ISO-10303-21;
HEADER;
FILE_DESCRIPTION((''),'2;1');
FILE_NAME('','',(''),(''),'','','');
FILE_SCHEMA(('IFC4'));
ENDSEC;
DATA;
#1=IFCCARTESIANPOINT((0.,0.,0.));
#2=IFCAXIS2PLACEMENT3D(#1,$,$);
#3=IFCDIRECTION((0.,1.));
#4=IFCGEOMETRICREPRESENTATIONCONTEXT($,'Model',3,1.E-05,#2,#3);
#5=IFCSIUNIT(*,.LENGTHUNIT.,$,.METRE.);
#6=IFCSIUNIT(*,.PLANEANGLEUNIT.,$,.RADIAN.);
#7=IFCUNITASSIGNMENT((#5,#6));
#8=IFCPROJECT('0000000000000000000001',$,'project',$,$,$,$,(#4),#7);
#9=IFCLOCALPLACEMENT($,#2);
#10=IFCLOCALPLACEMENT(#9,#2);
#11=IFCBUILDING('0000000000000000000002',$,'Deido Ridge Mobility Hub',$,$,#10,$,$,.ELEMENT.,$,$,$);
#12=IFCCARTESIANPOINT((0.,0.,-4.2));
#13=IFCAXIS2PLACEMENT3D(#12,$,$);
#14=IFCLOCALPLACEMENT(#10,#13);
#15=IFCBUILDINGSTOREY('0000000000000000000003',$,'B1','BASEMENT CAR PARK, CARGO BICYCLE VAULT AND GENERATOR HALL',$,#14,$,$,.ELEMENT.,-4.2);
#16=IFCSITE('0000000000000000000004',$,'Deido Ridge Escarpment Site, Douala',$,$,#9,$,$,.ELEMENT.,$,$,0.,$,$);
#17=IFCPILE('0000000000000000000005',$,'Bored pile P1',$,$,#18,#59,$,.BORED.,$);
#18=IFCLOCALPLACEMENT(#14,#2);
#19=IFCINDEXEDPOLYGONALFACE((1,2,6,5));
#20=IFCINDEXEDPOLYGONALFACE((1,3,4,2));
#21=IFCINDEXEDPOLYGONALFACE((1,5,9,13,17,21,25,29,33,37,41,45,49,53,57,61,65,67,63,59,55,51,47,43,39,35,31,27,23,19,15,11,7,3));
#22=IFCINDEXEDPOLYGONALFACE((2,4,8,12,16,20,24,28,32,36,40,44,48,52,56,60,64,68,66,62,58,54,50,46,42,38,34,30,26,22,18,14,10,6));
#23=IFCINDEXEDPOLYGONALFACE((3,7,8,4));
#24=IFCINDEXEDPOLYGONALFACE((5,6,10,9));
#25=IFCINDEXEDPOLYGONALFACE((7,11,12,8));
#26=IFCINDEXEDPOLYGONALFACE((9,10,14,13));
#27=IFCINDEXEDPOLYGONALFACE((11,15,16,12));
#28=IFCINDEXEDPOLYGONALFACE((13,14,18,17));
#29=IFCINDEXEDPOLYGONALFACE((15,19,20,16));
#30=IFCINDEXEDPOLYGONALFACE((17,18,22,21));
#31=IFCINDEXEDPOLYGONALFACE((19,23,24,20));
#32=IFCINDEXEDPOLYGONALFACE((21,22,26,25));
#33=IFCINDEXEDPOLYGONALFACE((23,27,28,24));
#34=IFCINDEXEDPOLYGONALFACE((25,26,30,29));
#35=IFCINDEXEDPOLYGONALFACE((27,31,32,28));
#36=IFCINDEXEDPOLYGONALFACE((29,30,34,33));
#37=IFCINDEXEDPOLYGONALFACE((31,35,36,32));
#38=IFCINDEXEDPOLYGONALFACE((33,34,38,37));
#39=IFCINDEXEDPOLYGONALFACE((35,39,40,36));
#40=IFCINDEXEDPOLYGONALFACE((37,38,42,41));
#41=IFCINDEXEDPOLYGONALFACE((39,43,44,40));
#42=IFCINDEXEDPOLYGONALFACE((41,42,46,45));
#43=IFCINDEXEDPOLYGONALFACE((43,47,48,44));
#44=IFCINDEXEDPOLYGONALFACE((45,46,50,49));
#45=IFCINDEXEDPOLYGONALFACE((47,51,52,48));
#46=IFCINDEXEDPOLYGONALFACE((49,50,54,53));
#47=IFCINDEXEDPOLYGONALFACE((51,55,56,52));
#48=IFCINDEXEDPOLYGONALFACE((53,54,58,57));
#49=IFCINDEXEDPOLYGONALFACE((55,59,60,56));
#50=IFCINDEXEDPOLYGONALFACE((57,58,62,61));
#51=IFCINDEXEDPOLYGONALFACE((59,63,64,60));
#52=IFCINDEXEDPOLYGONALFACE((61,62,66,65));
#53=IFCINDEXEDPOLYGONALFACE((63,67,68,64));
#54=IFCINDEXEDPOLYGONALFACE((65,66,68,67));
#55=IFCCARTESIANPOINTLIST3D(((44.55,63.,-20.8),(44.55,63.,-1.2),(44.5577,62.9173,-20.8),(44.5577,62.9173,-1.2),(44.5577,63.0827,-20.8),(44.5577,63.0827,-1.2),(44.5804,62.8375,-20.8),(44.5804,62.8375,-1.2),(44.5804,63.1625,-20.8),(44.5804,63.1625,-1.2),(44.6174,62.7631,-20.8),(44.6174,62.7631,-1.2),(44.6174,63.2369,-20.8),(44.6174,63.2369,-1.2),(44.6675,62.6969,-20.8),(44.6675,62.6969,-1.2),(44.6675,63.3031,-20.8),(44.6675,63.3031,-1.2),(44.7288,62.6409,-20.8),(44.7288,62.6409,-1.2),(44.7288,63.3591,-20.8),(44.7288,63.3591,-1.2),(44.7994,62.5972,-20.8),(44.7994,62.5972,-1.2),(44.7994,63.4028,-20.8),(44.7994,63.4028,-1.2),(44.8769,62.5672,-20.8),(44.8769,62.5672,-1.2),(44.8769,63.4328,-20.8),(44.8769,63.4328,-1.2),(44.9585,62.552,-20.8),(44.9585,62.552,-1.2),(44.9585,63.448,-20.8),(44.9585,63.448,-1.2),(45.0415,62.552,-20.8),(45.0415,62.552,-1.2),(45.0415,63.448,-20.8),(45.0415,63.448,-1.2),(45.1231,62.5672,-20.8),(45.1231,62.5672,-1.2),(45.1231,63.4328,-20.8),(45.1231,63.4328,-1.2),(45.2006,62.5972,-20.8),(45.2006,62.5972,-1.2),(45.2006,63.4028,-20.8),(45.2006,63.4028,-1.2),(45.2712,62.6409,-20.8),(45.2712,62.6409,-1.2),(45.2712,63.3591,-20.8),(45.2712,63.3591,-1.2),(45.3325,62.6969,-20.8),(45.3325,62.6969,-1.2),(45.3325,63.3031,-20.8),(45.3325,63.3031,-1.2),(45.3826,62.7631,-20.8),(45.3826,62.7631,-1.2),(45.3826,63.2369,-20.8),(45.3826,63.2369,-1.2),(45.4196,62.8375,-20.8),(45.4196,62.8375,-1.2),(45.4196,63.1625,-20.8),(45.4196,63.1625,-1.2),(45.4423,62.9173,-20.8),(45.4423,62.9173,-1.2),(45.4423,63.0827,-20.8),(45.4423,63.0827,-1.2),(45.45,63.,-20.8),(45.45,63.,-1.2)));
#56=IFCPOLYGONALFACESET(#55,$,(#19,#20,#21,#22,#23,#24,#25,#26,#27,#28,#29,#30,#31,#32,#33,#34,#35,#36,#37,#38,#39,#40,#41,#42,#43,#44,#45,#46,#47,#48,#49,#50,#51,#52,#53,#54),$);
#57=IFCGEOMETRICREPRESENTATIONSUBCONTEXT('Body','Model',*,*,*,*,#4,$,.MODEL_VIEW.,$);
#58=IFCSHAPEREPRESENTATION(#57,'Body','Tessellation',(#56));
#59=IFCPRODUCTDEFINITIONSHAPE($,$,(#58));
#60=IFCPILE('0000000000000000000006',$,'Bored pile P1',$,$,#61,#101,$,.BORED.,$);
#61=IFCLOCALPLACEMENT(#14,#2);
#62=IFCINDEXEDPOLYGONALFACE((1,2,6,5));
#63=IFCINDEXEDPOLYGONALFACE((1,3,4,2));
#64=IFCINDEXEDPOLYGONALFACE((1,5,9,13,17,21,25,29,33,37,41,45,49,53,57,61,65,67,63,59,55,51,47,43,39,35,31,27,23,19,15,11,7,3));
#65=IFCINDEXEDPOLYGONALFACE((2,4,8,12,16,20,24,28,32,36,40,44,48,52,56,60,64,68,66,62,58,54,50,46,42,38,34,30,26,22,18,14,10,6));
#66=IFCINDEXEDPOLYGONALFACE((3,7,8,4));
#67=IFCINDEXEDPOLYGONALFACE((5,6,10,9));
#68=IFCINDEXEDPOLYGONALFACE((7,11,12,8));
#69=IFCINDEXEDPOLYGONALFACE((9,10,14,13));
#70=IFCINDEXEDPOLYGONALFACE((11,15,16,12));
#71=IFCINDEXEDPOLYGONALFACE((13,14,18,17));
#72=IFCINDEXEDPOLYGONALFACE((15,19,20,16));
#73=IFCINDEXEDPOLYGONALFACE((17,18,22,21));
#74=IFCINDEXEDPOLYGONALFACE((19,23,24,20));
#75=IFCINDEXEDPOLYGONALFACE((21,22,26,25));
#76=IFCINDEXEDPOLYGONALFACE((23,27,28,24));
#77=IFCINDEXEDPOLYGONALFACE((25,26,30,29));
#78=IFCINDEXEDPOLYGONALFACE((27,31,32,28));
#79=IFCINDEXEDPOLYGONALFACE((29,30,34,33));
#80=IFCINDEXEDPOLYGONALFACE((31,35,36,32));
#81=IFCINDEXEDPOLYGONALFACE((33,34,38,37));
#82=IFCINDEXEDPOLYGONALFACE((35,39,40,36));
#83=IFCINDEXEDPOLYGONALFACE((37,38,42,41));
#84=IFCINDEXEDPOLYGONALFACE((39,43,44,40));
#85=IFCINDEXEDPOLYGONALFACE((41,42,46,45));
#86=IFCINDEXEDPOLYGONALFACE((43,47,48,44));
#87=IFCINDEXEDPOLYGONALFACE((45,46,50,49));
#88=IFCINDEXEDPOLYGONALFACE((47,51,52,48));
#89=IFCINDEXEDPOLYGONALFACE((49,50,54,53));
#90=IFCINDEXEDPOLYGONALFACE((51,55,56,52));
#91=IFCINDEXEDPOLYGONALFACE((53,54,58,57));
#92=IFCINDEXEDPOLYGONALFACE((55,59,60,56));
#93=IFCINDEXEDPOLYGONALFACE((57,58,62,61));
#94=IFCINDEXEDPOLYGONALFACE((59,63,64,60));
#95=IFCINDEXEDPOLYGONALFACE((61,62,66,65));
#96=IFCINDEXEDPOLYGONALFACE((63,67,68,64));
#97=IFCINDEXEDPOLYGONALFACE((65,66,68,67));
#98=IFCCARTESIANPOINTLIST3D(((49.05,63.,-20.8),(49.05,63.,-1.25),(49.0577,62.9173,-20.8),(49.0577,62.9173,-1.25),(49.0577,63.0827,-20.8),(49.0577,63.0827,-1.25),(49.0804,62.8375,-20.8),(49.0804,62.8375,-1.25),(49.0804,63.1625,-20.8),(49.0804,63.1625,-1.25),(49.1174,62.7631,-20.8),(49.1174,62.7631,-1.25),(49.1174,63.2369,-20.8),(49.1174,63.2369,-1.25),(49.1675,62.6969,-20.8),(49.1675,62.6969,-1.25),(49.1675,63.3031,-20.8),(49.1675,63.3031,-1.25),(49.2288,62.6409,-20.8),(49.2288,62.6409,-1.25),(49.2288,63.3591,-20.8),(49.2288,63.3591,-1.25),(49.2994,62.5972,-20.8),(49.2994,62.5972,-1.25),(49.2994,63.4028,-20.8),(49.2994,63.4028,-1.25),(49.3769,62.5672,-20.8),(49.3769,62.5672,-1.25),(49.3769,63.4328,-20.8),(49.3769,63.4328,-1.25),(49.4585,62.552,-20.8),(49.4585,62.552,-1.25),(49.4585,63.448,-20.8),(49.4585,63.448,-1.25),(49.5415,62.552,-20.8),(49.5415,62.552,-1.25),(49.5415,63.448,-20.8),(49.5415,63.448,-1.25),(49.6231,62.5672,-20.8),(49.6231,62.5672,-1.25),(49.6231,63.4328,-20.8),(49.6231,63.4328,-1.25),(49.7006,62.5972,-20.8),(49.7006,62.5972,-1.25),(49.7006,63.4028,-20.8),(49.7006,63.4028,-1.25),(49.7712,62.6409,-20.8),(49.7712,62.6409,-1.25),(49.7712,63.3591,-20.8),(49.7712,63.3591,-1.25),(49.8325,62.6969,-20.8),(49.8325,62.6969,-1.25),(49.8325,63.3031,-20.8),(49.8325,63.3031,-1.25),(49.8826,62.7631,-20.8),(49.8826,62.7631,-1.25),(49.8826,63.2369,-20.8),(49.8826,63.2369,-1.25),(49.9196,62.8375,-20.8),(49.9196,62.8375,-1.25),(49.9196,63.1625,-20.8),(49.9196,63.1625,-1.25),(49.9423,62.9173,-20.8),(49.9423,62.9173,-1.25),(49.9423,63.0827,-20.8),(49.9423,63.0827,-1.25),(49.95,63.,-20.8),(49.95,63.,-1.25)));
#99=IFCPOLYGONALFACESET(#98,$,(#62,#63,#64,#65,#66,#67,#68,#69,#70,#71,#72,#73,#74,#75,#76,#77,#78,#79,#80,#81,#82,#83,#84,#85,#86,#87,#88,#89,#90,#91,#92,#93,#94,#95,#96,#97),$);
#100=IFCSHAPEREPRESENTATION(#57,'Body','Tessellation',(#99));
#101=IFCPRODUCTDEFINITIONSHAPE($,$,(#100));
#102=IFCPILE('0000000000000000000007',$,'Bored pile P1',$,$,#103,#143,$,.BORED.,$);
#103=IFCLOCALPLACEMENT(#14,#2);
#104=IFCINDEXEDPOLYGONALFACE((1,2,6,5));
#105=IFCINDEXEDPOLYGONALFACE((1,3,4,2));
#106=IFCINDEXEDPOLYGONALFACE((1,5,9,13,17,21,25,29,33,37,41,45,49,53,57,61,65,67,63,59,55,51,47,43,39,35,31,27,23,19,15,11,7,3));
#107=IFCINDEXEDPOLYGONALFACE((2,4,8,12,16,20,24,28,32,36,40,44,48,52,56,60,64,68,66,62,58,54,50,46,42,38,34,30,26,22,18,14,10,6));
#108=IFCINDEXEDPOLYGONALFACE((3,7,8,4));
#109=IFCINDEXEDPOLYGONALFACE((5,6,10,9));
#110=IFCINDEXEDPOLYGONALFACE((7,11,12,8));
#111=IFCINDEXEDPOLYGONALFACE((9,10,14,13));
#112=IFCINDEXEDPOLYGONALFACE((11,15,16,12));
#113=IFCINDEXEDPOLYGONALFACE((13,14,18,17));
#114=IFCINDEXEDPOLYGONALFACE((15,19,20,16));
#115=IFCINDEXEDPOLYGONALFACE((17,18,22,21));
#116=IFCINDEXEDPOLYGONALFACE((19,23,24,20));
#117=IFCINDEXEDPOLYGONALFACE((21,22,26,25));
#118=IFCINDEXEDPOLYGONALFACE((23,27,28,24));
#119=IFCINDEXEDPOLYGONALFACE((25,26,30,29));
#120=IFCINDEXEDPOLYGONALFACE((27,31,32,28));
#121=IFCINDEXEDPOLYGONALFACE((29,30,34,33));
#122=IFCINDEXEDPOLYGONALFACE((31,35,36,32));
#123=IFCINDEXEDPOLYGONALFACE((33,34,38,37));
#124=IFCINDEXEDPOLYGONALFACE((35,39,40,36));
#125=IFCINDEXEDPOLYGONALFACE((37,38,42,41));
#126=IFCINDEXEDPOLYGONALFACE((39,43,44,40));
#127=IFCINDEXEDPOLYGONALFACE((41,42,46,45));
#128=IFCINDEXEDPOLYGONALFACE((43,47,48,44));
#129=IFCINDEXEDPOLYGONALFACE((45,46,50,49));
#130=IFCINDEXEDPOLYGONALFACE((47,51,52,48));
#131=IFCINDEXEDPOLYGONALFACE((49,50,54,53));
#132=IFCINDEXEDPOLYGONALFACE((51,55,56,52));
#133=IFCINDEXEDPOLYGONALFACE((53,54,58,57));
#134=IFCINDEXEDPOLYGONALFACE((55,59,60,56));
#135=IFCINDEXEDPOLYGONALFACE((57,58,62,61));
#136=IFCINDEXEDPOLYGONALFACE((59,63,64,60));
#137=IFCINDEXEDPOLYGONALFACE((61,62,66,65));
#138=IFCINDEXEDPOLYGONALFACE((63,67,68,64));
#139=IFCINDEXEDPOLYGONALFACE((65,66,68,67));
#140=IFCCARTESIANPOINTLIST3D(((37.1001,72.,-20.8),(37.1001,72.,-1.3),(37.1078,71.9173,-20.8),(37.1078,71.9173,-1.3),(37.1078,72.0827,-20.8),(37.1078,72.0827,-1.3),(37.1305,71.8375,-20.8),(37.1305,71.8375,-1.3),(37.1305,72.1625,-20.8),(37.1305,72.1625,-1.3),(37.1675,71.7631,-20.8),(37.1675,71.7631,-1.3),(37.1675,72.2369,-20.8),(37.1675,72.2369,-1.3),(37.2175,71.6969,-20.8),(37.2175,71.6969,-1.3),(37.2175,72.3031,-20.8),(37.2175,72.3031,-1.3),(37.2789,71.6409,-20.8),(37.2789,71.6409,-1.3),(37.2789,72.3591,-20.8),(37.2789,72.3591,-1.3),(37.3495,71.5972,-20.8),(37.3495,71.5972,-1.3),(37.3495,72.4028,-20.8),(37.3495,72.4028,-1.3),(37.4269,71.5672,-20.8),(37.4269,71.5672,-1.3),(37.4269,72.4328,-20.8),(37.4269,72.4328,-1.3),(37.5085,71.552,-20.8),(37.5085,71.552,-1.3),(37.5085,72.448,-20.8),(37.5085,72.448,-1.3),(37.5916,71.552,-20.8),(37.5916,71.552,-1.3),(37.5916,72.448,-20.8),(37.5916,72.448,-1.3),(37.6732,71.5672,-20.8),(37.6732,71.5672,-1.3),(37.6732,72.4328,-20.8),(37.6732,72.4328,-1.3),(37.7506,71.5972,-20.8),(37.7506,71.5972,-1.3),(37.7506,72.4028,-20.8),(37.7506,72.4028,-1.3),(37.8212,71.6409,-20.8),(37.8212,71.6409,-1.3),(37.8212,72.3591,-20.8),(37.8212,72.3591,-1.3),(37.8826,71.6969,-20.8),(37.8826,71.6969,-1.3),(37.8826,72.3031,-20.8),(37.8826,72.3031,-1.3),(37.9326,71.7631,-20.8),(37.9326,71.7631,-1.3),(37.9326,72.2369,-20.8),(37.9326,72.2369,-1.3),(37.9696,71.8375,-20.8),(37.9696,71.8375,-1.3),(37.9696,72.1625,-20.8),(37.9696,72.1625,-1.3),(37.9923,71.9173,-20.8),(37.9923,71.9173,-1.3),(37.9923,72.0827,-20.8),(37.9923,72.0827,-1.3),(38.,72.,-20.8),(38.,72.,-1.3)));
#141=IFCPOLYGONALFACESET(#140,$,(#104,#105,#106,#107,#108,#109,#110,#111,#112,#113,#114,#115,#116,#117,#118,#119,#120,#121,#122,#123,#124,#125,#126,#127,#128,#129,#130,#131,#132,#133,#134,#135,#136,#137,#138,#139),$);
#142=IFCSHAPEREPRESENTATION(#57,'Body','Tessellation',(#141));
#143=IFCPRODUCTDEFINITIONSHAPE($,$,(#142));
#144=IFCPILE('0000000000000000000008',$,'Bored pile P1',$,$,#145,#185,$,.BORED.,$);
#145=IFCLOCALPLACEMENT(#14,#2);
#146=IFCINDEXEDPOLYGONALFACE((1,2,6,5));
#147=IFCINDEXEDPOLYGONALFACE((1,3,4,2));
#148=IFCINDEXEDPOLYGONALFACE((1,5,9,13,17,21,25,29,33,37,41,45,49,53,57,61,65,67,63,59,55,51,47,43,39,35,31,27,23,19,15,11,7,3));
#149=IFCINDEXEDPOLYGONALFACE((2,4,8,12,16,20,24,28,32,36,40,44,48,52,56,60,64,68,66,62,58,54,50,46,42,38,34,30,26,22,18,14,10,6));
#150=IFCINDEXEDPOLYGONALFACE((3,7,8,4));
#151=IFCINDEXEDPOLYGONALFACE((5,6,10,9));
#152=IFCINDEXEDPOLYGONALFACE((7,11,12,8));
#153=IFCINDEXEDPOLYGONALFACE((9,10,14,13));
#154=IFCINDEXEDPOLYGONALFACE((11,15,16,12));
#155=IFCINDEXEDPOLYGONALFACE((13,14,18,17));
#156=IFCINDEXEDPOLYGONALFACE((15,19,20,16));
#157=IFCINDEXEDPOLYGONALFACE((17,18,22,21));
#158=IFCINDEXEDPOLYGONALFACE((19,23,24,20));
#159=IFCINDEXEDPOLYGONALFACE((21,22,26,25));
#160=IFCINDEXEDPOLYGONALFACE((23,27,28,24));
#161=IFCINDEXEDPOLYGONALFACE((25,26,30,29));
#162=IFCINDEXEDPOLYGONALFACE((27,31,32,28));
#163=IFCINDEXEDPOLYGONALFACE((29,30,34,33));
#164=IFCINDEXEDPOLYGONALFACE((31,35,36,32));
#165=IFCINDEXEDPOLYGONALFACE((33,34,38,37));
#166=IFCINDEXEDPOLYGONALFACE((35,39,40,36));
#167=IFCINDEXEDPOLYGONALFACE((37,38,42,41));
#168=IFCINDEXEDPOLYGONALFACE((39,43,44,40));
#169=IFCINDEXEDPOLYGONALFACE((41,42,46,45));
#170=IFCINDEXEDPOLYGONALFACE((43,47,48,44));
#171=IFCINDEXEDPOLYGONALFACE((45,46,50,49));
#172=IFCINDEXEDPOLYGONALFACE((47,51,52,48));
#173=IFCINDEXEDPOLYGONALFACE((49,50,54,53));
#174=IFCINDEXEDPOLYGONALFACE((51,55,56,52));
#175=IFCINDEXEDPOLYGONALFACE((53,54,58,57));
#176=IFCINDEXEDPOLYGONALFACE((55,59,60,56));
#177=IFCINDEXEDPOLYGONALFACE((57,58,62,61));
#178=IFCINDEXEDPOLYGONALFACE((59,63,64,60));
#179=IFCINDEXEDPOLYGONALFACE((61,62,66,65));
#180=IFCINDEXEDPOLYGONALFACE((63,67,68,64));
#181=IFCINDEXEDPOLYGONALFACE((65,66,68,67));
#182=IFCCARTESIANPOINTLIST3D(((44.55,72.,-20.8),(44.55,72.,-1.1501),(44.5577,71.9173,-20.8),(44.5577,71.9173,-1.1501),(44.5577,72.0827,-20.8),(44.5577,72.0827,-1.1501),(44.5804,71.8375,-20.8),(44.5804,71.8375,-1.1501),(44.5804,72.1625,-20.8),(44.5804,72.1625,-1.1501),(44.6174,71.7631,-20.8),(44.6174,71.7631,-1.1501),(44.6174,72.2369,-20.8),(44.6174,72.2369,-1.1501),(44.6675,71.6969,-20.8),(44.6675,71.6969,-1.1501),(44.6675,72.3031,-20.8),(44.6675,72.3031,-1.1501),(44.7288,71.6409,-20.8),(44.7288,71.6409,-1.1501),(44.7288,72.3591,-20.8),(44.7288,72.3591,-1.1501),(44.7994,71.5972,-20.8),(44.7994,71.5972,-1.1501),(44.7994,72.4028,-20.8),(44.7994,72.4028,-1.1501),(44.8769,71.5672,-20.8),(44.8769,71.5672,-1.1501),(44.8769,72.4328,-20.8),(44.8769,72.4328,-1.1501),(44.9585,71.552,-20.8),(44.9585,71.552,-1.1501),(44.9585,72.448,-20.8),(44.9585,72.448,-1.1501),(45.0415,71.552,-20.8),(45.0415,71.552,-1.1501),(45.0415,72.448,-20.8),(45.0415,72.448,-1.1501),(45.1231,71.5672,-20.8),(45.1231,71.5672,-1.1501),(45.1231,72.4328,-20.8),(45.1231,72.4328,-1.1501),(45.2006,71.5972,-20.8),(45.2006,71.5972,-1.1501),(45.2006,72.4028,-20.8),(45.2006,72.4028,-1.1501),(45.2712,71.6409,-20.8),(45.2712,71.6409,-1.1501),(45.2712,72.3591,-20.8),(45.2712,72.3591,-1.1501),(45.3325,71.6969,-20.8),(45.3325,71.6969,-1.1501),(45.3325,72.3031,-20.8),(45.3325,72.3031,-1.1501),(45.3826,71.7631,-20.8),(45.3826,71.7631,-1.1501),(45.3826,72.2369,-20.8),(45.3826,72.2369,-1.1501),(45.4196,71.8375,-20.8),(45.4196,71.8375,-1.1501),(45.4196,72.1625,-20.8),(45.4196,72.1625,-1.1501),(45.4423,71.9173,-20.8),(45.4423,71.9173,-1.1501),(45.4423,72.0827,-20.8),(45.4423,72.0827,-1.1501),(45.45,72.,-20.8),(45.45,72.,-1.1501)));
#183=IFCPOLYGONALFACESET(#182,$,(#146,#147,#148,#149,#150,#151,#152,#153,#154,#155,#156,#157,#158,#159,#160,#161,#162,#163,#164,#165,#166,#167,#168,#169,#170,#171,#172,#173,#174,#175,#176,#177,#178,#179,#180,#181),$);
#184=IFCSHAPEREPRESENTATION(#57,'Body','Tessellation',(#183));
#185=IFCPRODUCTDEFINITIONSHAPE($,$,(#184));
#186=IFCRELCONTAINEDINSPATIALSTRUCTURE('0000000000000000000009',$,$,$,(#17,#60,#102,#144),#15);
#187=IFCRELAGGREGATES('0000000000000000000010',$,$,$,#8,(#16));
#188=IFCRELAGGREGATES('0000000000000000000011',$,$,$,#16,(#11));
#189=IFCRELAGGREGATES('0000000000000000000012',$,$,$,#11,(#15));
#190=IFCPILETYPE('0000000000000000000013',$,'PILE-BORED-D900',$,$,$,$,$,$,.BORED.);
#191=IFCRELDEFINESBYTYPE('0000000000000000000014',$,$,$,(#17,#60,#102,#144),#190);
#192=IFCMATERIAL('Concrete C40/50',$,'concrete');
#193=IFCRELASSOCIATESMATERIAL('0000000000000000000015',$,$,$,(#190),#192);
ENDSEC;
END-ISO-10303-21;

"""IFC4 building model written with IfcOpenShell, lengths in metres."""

from ifc_helpers import new_model, si_unit, direction, frame, origin, origin_2d, place, context, subcontext, project, spatial, circle, extrude, material, material_profile, profile_set, type_object, element, save


model = new_model("IFC4")

# Units and contexts
model_context = context("Model", 3, precision=1e-05, world=origin(), true_north=direction((0.0, 1.0)))
body_context = subcontext(model_context, "Body", "Model", "MODEL_VIEW")
ifc_project = project(units=[si_unit("LENGTHUNIT", "METRE"), si_unit("PLANEANGLEUNIT", "RADIAN")], contexts=[model_context])

# Site, building, storey
site_placement = place(None, origin())
site = spatial("IfcSite", under=ifc_project, at=site_placement, Name="Deido Ridge Escarpment Site, Douala", CompositionType="ELEMENT", RefElevation=0.0)
building_placement = place(site_placement, origin())
building = spatial("IfcBuilding", under=site, at=building_placement, Name="Deido Ridge Mobility Hub", CompositionType="ELEMENT")
storey_placement = place(building_placement, frame((0.0, 0.0, -4.2)))
storey = spatial("IfcBuildingStorey", under=building, at=storey_placement, Name="B1", Description="BASEMENT CAR PARK, CARGO BICYCLE VAULT AND GENERATOR HALL", CompositionType="ELEMENT", Elevation=-4.2)

# Shared definitions
ifc_material_1 = material(Name="Concrete C40/50", Category="concrete")

# Piles
ifc_material_profile_1 = material_profile(ifc_material_1, circle(Radius=0.45, at=origin_2d()), Name="BORED PILE D900")
ifc_profile_set_1 = profile_set([ifc_material_profile_1], Name="Concrete C40/50")
pile_type = type_object("IfcPileType", Name="PILE-BORED-D900", PredefinedType="BORED", material=ifc_profile_set_1)
pile_1_placement = place(storey_placement, frame((45.0, 63.0, -1.2), z_axis=(0.0, 0.0, -1.0), x_axis=(1.0, 0.0, 0.0)))
element("IfcPile", 1, at=pile_1_placement, inside=storey, type_object=pile_type, Name="Bored pile P1", PredefinedType="BORED", context=body_context, shape_type="SweptSolid", body=[
    extrude(circle(Radius=0.45, at=origin_2d()), origin(), (0.0, 0.0, 1.0), 19.6001),
])
pile_2_placement = place(storey_placement, frame((49.5, 63.0, -1.25), z_axis=(0.0, 0.0, -1.0), x_axis=(1.0, 0.0, 0.0)))
element("IfcPile", 2, at=pile_2_placement, inside=storey, type_object=pile_type, Name="Bored pile P1", PredefinedType="BORED", context=body_context, shape_type="SweptSolid", body=[
    extrude(circle(Radius=0.45, at=origin_2d()), origin(), (0.0, 0.0, 1.0), 19.55),
])
pile_3_placement = place(storey_placement, frame((37.55, 72.0, -1.3), z_axis=(0.0, 0.0, -1.0), x_axis=(1.0, 0.0, 0.0)))
element("IfcPile", 3, at=pile_3_placement, inside=storey, type_object=pile_type, Name="Bored pile P1", PredefinedType="BORED", context=body_context, shape_type="SweptSolid", body=[
    extrude(circle(Radius=0.45, at=origin_2d()), origin(), (0.0, 0.0, 1.0), 19.5),
])
pile_4_placement = place(storey_placement, frame((45.0, 72.0, -1.1501), z_axis=(0.0, 0.0, -1.0), x_axis=(1.0, 0.0, 0.0)))
element("IfcPile", 4, at=pile_4_placement, inside=storey, type_object=pile_type, Name="Bored pile P1", PredefinedType="BORED", context=body_context, shape_type="SweptSolid", body=[
    extrude(circle(Radius=0.45, at=origin_2d()), origin(), (0.0, 0.0, 1.0), 19.6499),
])

save(model, "model.ifc")
